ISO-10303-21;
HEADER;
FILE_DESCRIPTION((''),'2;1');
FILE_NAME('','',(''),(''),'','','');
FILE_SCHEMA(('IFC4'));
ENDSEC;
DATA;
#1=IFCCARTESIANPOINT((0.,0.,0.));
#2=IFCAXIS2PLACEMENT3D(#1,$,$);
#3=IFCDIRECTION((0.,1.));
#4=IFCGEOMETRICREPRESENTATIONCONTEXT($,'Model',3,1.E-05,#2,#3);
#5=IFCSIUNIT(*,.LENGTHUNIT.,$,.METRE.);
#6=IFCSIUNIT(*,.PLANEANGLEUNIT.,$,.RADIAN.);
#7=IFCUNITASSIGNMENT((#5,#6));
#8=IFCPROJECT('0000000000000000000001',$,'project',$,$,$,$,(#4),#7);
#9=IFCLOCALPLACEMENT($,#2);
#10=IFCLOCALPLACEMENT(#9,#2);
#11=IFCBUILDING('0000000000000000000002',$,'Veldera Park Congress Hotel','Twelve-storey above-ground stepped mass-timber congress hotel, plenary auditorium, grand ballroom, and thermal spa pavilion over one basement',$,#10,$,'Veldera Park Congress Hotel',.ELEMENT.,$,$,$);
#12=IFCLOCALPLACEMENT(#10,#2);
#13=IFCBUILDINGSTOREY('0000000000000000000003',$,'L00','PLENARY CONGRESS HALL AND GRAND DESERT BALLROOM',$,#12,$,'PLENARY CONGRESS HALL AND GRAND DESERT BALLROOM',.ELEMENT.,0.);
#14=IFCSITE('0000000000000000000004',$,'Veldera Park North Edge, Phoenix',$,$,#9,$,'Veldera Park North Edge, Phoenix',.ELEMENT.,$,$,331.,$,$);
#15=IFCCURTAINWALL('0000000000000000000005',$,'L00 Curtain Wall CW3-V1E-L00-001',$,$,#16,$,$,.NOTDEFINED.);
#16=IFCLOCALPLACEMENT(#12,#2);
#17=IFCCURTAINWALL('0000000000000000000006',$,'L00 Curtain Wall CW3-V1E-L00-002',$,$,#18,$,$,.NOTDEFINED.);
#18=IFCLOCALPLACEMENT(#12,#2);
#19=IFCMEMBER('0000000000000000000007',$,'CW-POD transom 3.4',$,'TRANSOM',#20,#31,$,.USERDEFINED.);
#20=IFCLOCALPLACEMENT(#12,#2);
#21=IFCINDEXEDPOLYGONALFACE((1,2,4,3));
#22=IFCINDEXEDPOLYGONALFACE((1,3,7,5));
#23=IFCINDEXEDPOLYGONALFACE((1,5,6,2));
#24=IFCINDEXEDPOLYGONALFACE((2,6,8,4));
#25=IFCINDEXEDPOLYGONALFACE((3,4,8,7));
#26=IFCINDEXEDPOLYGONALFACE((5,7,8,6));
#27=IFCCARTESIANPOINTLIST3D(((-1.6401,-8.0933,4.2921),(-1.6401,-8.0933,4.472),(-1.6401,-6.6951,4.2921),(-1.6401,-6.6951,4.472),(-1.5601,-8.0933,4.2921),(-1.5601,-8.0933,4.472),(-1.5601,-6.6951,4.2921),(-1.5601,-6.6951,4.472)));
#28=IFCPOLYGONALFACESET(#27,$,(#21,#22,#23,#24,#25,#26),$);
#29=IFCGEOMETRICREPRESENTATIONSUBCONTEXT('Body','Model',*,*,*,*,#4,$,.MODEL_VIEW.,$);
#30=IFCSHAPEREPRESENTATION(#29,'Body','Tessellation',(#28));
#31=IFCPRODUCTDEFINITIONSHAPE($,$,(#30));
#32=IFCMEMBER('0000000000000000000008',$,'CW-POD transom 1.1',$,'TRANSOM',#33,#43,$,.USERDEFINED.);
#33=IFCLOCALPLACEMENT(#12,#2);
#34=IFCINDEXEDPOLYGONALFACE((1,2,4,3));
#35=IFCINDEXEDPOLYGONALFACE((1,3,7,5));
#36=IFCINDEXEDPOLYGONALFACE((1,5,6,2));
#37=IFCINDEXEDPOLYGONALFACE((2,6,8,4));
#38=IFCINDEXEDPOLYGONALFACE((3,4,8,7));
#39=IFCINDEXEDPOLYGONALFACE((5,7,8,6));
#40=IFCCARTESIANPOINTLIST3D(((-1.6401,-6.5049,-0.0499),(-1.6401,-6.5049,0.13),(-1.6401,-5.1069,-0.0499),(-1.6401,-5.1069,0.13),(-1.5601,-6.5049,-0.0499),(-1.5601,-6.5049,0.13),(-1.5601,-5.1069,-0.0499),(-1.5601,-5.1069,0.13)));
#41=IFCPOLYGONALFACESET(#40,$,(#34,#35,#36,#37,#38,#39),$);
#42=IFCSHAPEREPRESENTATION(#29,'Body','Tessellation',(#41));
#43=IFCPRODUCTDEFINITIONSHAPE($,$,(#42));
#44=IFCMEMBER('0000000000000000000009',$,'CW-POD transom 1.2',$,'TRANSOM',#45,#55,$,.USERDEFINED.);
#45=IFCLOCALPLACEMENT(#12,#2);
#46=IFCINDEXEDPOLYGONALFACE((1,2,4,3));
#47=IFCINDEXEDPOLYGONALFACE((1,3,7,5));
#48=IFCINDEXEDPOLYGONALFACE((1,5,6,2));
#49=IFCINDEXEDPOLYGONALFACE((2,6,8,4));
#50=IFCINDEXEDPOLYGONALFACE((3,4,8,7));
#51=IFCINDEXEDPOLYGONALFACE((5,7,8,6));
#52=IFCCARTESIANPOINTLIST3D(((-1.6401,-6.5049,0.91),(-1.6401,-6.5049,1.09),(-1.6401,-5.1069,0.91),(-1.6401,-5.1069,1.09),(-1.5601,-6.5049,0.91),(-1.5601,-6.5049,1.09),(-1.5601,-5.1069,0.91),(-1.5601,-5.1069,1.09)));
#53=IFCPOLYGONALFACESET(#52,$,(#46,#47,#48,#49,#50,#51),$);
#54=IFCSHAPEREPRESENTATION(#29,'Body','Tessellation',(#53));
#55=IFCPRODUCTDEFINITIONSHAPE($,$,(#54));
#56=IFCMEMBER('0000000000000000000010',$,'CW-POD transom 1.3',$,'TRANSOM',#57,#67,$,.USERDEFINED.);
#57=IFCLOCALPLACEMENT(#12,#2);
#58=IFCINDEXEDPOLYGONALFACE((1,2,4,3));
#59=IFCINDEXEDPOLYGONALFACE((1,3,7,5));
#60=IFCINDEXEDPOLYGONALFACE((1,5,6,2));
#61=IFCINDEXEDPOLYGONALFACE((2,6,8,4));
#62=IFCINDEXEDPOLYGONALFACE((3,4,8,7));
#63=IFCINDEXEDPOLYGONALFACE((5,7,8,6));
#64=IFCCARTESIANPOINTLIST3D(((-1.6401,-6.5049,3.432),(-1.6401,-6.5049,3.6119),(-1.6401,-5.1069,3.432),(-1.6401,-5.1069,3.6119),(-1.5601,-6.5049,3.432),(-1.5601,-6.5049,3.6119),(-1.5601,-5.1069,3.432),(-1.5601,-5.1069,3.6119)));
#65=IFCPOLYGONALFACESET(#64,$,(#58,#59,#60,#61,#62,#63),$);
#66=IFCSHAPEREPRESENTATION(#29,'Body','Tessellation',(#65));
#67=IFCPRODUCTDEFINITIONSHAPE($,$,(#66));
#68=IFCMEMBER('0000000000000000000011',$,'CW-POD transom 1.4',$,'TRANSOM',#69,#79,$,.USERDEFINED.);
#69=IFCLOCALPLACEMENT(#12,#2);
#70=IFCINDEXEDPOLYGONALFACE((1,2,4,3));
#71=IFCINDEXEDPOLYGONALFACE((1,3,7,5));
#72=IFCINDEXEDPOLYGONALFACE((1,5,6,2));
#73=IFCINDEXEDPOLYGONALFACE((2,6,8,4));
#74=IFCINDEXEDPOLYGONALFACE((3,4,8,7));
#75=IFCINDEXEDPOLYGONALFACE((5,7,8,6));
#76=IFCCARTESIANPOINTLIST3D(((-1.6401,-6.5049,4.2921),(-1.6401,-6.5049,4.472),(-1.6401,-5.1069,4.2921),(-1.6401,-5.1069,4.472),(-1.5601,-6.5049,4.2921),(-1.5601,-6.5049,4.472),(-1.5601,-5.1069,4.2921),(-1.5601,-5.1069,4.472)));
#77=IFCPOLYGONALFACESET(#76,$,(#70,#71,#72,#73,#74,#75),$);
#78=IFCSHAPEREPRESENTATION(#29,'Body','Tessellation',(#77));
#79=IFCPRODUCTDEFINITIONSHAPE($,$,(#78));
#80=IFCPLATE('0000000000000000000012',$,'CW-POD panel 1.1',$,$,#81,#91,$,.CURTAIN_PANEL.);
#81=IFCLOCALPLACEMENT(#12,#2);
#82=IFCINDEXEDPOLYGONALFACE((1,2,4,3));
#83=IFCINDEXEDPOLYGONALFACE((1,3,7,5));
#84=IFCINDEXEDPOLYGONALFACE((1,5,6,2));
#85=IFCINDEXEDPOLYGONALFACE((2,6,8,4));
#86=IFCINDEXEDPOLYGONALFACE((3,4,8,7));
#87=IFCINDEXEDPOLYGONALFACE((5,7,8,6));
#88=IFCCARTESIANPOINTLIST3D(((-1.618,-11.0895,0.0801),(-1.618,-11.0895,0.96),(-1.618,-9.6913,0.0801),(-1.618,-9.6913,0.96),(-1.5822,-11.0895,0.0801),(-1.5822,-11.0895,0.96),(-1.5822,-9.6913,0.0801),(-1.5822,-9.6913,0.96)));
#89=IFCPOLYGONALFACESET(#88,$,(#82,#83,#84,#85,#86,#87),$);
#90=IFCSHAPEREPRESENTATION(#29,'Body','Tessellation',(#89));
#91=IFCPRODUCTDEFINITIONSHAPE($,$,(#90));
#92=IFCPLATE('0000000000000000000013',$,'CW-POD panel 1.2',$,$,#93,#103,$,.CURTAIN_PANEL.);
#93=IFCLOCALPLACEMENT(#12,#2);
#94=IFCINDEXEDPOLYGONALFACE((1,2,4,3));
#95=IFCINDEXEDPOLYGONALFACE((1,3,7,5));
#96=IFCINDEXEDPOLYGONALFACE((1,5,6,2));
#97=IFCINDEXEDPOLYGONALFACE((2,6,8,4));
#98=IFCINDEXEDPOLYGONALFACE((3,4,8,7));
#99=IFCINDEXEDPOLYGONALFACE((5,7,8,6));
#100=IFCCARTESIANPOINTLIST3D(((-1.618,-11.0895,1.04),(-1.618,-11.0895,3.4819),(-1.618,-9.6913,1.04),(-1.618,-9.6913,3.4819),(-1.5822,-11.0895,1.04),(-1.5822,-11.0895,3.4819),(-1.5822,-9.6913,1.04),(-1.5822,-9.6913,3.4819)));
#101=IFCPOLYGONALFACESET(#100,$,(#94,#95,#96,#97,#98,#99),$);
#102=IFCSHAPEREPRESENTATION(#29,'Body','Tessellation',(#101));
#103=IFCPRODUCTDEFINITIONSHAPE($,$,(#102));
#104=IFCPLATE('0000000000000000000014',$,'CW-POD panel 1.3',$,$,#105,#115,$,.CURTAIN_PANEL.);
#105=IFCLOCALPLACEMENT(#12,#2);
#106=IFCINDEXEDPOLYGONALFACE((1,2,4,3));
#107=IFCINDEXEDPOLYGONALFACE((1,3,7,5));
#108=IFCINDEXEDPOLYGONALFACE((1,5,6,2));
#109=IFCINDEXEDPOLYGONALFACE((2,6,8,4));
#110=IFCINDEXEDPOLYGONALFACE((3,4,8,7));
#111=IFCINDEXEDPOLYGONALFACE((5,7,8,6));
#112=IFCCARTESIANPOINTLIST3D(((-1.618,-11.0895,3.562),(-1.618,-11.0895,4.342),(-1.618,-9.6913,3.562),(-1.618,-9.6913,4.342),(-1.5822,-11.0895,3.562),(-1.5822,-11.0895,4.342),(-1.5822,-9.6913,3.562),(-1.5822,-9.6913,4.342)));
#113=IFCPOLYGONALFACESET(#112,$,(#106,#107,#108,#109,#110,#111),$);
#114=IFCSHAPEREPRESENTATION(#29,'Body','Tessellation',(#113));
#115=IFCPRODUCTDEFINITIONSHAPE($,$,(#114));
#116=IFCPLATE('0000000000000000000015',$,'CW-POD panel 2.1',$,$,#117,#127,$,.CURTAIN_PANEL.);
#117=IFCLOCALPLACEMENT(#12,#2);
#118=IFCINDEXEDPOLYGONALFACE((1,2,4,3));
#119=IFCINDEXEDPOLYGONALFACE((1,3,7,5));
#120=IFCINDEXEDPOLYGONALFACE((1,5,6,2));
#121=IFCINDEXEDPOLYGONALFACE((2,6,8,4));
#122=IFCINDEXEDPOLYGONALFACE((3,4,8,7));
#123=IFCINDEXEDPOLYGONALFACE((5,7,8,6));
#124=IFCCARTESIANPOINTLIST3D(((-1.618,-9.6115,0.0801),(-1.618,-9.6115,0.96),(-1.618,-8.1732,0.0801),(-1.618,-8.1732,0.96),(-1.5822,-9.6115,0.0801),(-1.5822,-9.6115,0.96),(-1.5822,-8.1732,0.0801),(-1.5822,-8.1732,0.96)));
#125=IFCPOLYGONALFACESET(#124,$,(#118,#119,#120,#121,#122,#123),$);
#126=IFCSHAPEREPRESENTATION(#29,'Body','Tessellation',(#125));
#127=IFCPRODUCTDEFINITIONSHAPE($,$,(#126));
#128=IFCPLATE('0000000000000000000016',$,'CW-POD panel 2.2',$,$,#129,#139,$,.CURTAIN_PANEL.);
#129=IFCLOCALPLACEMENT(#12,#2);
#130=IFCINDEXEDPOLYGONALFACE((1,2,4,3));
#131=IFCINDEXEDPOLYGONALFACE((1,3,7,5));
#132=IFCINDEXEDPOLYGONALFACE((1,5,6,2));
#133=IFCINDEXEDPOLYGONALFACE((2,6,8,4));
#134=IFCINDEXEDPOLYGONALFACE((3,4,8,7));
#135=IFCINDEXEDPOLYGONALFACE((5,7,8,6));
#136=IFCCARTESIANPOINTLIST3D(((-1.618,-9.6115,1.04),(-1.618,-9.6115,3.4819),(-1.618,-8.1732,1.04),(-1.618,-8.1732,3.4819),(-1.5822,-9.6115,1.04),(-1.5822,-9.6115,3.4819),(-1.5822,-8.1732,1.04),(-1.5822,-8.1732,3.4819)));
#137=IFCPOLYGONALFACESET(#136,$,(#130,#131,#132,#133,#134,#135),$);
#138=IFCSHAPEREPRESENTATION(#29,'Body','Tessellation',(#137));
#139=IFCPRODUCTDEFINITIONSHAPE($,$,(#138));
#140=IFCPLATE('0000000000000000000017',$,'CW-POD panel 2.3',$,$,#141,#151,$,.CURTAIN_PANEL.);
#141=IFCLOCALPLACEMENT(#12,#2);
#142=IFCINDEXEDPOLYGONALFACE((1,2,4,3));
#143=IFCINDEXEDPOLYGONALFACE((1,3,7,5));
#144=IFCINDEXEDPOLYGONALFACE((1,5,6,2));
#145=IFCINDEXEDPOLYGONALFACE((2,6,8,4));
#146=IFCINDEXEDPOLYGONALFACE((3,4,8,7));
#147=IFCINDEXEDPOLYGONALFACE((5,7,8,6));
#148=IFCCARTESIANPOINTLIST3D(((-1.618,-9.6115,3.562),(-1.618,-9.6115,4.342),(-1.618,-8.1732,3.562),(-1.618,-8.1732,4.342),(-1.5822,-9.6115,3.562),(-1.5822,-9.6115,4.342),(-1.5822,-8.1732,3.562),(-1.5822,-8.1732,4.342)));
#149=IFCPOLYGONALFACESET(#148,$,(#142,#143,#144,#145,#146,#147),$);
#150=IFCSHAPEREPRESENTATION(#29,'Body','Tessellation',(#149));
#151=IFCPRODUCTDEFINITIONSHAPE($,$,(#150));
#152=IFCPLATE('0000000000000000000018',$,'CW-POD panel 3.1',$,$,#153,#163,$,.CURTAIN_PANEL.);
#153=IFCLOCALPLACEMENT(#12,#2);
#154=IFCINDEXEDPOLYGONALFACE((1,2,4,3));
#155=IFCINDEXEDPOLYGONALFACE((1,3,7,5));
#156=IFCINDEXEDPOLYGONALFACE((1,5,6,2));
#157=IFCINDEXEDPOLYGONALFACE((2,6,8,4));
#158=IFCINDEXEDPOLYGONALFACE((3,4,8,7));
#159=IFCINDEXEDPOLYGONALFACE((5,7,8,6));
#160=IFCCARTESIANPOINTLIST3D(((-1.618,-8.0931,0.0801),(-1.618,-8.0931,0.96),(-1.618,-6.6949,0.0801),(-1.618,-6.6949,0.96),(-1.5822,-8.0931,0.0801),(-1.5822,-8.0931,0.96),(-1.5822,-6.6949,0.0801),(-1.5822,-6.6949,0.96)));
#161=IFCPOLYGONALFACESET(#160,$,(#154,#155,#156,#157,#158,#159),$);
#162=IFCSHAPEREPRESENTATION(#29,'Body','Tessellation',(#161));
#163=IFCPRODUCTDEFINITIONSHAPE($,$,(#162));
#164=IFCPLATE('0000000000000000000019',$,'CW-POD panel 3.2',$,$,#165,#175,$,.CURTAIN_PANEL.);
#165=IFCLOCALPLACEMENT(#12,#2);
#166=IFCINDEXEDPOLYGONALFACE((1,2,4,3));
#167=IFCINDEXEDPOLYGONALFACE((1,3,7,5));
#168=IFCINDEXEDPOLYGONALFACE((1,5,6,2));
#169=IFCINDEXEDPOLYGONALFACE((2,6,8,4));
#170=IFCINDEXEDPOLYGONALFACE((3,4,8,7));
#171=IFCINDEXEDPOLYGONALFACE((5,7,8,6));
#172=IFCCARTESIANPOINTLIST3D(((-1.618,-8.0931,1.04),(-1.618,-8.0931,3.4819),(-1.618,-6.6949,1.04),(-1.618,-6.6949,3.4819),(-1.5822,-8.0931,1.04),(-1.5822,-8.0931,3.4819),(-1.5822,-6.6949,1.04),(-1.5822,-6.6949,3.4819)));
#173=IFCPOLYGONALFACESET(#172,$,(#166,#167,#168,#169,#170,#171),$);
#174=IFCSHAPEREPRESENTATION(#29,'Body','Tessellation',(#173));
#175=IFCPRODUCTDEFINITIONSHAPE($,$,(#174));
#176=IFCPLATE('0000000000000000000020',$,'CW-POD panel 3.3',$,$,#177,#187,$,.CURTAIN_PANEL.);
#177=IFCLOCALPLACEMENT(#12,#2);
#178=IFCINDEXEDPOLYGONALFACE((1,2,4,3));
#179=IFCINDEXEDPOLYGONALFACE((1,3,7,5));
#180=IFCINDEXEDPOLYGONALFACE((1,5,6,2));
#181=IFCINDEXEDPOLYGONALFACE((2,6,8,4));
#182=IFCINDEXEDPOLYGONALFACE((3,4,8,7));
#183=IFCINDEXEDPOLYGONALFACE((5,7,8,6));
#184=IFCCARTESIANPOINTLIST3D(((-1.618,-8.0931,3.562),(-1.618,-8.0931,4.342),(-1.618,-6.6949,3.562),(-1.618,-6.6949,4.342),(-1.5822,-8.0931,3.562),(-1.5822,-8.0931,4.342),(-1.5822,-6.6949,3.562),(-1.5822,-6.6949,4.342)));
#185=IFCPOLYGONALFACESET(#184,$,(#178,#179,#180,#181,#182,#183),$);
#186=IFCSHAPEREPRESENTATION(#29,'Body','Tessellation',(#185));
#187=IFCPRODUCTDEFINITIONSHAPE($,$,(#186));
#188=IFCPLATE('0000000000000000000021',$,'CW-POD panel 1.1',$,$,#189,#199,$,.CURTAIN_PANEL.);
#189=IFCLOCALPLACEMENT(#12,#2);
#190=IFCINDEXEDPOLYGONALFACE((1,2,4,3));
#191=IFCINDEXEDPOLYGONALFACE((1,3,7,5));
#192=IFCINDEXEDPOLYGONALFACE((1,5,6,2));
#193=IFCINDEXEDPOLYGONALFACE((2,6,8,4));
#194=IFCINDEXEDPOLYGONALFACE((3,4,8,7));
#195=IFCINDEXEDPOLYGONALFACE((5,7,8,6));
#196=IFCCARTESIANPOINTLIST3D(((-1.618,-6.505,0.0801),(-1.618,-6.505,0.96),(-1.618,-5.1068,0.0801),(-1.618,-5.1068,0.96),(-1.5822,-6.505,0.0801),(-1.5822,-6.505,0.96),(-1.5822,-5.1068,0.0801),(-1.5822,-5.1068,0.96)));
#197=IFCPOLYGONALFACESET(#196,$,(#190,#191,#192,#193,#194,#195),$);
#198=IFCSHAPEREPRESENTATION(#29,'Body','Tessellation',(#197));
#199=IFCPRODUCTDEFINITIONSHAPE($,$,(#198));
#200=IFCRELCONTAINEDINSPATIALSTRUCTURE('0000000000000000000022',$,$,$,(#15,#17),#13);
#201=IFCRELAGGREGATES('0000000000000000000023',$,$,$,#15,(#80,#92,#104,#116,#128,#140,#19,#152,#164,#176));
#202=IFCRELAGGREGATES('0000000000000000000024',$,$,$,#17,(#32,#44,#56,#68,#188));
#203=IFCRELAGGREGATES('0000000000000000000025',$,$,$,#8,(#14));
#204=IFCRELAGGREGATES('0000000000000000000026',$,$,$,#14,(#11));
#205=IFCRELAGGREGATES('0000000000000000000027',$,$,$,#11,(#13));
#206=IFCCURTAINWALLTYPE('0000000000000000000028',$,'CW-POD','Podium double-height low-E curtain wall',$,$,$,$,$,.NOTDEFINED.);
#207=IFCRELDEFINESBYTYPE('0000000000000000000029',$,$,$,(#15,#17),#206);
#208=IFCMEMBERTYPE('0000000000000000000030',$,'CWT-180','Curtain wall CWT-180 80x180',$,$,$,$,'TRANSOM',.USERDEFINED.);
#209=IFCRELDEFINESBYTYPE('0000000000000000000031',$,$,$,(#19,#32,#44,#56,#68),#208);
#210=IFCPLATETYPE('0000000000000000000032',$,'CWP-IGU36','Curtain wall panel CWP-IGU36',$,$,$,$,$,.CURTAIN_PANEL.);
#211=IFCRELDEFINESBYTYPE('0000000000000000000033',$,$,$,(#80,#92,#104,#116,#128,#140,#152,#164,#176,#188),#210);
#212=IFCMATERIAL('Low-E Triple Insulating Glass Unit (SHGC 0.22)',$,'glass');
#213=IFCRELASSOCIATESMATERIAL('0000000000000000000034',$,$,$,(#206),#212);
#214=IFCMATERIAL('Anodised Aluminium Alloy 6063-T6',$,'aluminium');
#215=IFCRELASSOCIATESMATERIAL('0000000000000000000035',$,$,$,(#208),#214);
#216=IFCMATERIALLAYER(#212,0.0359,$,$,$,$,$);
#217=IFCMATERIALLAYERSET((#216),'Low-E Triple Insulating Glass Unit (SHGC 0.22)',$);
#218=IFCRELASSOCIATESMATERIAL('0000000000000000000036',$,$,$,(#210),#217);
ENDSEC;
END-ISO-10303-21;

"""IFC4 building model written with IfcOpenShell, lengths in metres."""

from ifc_helpers import new_model, si_unit, direction, frame, origin, origin_2d, place, context, subcontext, project, spatial, rectangle, extrude, material, layer, layer_set, material_profile, profile_set, type_object, element, aggregate, save


model = new_model("IFC4")

# Units and contexts
model_context = context("Model", 3, precision=1e-05, world=origin(), true_north=direction((0.0, 1.0)))
body_context = subcontext(model_context, "Body", "Model", "MODEL_VIEW")
ifc_project = project(units=[si_unit("LENGTHUNIT", "METRE"), si_unit("PLANEANGLEUNIT", "RADIAN")], contexts=[model_context])

# Site, building, storey
site_placement = place(None, origin())
site = spatial("IfcSite", under=ifc_project, at=site_placement, Name="Veldera Park North Edge, Phoenix", LongName="Veldera Park North Edge, Phoenix", CompositionType="ELEMENT", RefElevation=331.0)
building_placement = place(site_placement, origin())
building = spatial("IfcBuilding", under=site, at=building_placement, Name="Veldera Park Congress Hotel", Description="Twelve-storey above-ground stepped mass-timber congress hotel, plenary auditorium, grand ballroom, and thermal spa pavilion over one basement", LongName="Veldera Park Congress Hotel", CompositionType="ELEMENT")
storey_placement = place(building_placement, origin())
storey = spatial("IfcBuildingStorey", under=building, at=storey_placement, Name="L00", Description="PLENARY CONGRESS HALL AND GRAND DESERT BALLROOM", LongName="PLENARY CONGRESS HALL AND GRAND DESERT BALLROOM", CompositionType="ELEMENT", Elevation=0.0)

# Curtain wall
ifc_material_1 = material(Name="Low-E Triple Insulating Glass Unit (SHGC 0.22)", Category="glass")
curtain_wall_type = type_object("IfcCurtainWallType", Name="CW-POD", Description="Podium double-height low-E curtain wall", PredefinedType="NOTDEFINED", material=ifc_material_1)
curtain_wall_1_placement = place(storey_placement, origin())
curtain_wall_1 = element("IfcCurtainWall", 1, at=curtain_wall_1_placement, inside=storey, type_object=curtain_wall_type, Name="L00 Curtain Wall CW3-V1E-L00-001", PredefinedType="NOTDEFINED")
ifc_material_2 = material(Name="Anodised Aluminium Alloy 6063-T6", Category="aluminium")

# Curtain wall
curtain_wall_2_placement = place(storey_placement, origin())
curtain_wall_2 = element("IfcCurtainWall", 2, at=curtain_wall_2_placement, inside=storey, type_object=curtain_wall_type, Name="L00 Curtain Wall CW3-V1E-L00-002", PredefinedType="NOTDEFINED")

# Members
ifc_material_profile_1 = material_profile(ifc_material_2, rectangle(XDim=0.0801, YDim=0.1799, at=origin_2d()), Name="ALU 80x180")
ifc_profile_set_1 = profile_set([ifc_material_profile_1], Name="Anodised Aluminium Alloy 6063-T6")
member_type_1 = type_object("IfcMemberType", Name="CWT-180", Description="Curtain wall CWT-180 80x180", ElementType="TRANSOM", PredefinedType="USERDEFINED", material=ifc_profile_set_1)
member_1_placement = place(storey_placement, frame((-1.6001, -8.0933, 4.3821), z_axis=(0.0, 1.0, 0.0), x_axis=(-1.0, 0.0, 0.0)))
member_1 = element("IfcMember", 3, at=member_1_placement, type_object=member_type_1, Name="CW-POD transom 3.4", ObjectType="TRANSOM", PredefinedType="USERDEFINED", context=body_context, shape_type="SweptSolid", body=[
    extrude(rectangle(XDim=0.0801, YDim=0.1799, at=origin_2d()), origin(), (0.0, 0.0, 1.0), 1.3982),
])
member_2_placement = place(storey_placement, frame((-1.6001, -6.5049, 0.04), z_axis=(0.0, 1.0, 0.0), x_axis=(-1.0, 0.0, 0.0)))
member_2 = element("IfcMember", 4, at=member_2_placement, type_object=member_type_1, Name="CW-POD transom 1.1", ObjectType="TRANSOM", PredefinedType="USERDEFINED", context=body_context, shape_type="SweptSolid", body=[
    extrude(rectangle(XDim=0.0801, YDim=0.1799, at=origin_2d()), origin(), (0.0, 0.0, 1.0), 1.3979),
])
member_3_placement = place(storey_placement, frame((-1.6001, -6.5049, 1.0), z_axis=(0.0, 1.0, 0.0), x_axis=(-1.0, 0.0, 0.0)))
member_3 = element("IfcMember", 5, at=member_3_placement, type_object=member_type_1, Name="CW-POD transom 1.2", ObjectType="TRANSOM", PredefinedType="USERDEFINED", context=body_context, shape_type="SweptSolid", body=[
    extrude(rectangle(XDim=0.0801, YDim=0.1799, at=origin_2d()), origin(), (0.0, 0.0, 1.0), 1.3979),
])
member_4_placement = place(storey_placement, frame((-1.6001, -6.5049, 3.522), z_axis=(0.0, 1.0, 0.0), x_axis=(-1.0, 0.0, 0.0)))
member_4 = element("IfcMember", 6, at=member_4_placement, type_object=member_type_1, Name="CW-POD transom 1.3", ObjectType="TRANSOM", PredefinedType="USERDEFINED", context=body_context, shape_type="SweptSolid", body=[
    extrude(rectangle(XDim=0.0801, YDim=0.1799, at=origin_2d()), origin(), (0.0, 0.0, 1.0), 1.3979),
])
member_5_placement = place(storey_placement, frame((-1.6001, -6.5049, 4.3821), z_axis=(0.0, 1.0, 0.0), x_axis=(-1.0, 0.0, 0.0)))
member_5 = element("IfcMember", 7, at=member_5_placement, type_object=member_type_1, Name="CW-POD transom 1.4", ObjectType="TRANSOM", PredefinedType="USERDEFINED", context=body_context, shape_type="SweptSolid", body=[
    extrude(rectangle(XDim=0.0801, YDim=0.1799, at=origin_2d()), origin(), (0.0, 0.0, 1.0), 1.3979),
])

# Plates
ifc_layer_1 = layer(ifc_material_1, 0.0359)
ifc_layer_set_1 = layer_set([ifc_layer_1], Name="Low-E Triple Insulating Glass Unit (SHGC 0.22)")
plate_type_1 = type_object("IfcPlateType", Name="CWP-IGU36", Description="Curtain wall panel CWP-IGU36", PredefinedType="CURTAIN_PANEL", material=ifc_layer_set_1)
plate_1_placement = place(storey_placement, frame((-1.6001, -10.3904, 0.0801), z_axis=(0.0, 0.0, 1.0), x_axis=(0.0, 1.0, 0.0)))
plate_1 = element("IfcPlate", 8, at=plate_1_placement, type_object=plate_type_1, Name="CW-POD panel 1.1", PredefinedType="CURTAIN_PANEL", context=body_context, shape_type="SweptSolid", body=[
    extrude(rectangle(XDim=1.3982, YDim=0.0359, at=origin_2d()), origin(), (0.0, 0.0, 1.0), 0.8799),
])
plate_2_placement = place(storey_placement, frame((-1.6001, -10.3904, 1.04), z_axis=(0.0, 0.0, 1.0), x_axis=(0.0, 1.0, 0.0)))
plate_2 = element("IfcPlate", 9, at=plate_2_placement, type_object=plate_type_1, Name="CW-POD panel 1.2", PredefinedType="CURTAIN_PANEL", context=body_context, shape_type="SweptSolid", body=[
    extrude(rectangle(XDim=1.3982, YDim=0.0359, at=origin_2d()), origin(), (0.0, 0.0, 1.0), 2.4419),
])
plate_3_placement = place(storey_placement, frame((-1.6001, -10.3904, 3.562), z_axis=(0.0, 0.0, 1.0), x_axis=(0.0, 1.0, 0.0)))
plate_3 = element("IfcPlate", 10, at=plate_3_placement, type_object=plate_type_1, Name="CW-POD panel 1.3", PredefinedType="CURTAIN_PANEL", context=body_context, shape_type="SweptSolid", body=[
    extrude(rectangle(XDim=1.3982, YDim=0.0359, at=origin_2d()), origin(), (0.0, 0.0, 1.0), 0.78),
])
plate_4_placement = place(storey_placement, frame((-1.6001, -8.8923, 0.0801), z_axis=(0.0, 0.0, 1.0), x_axis=(0.0, 1.0, 0.0)))
plate_4 = element("IfcPlate", 11, at=plate_4_placement, type_object=plate_type_1, Name="CW-POD panel 2.1", PredefinedType="CURTAIN_PANEL", context=body_context, shape_type="SweptSolid", body=[
    extrude(rectangle(XDim=1.4382, YDim=0.0359, at=origin_2d()), origin(), (0.0, 0.0, 1.0), 0.8799),
])
plate_5_placement = place(storey_placement, frame((-1.6001, -8.8923, 1.04), z_axis=(0.0, 0.0, 1.0), x_axis=(0.0, 1.0, 0.0)))
plate_5 = element("IfcPlate", 12, at=plate_5_placement, type_object=plate_type_1, Name="CW-POD panel 2.2", PredefinedType="CURTAIN_PANEL", context=body_context, shape_type="SweptSolid", body=[
    extrude(rectangle(XDim=1.4382, YDim=0.0359, at=origin_2d()), origin(), (0.0, 0.0, 1.0), 2.4419),
])
plate_6_placement = place(storey_placement, frame((-1.6001, -8.8923, 3.562), z_axis=(0.0, 0.0, 1.0), x_axis=(0.0, 1.0, 0.0)))
plate_6 = element("IfcPlate", 13, at=plate_6_placement, type_object=plate_type_1, Name="CW-POD panel 2.3", PredefinedType="CURTAIN_PANEL", context=body_context, shape_type="SweptSolid", body=[
    extrude(rectangle(XDim=1.4382, YDim=0.0359, at=origin_2d()), origin(), (0.0, 0.0, 1.0), 0.78),
])
plate_7_placement = place(storey_placement, frame((-1.6001, -7.394, 0.0801), z_axis=(0.0, 0.0, 1.0), x_axis=(0.0, 1.0, 0.0)))
plate_7 = element("IfcPlate", 14, at=plate_7_placement, type_object=plate_type_1, Name="CW-POD panel 3.1", PredefinedType="CURTAIN_PANEL", context=body_context, shape_type="SweptSolid", body=[
    extrude(rectangle(XDim=1.3982, YDim=0.0359, at=origin_2d()), origin(), (0.0, 0.0, 1.0), 0.8799),
])
plate_8_placement = place(storey_placement, frame((-1.6001, -7.394, 1.04), z_axis=(0.0, 0.0, 1.0), x_axis=(0.0, 1.0, 0.0)))
plate_8 = element("IfcPlate", 15, at=plate_8_placement, type_object=plate_type_1, Name="CW-POD panel 3.2", PredefinedType="CURTAIN_PANEL", context=body_context, shape_type="SweptSolid", body=[
    extrude(rectangle(XDim=1.3982, YDim=0.0359, at=origin_2d()), origin(), (0.0, 0.0, 1.0), 2.4419),
])
plate_9_placement = place(storey_placement, frame((-1.6001, -7.394, 3.562), z_axis=(0.0, 0.0, 1.0), x_axis=(0.0, 1.0, 0.0)))
plate_9 = element("IfcPlate", 16, at=plate_9_placement, type_object=plate_type_1, Name="CW-POD panel 3.3", PredefinedType="CURTAIN_PANEL", context=body_context, shape_type="SweptSolid", body=[
    extrude(rectangle(XDim=1.3982, YDim=0.0359, at=origin_2d()), origin(), (0.0, 0.0, 1.0), 0.78),
])
aggregate(curtain_wall_1, [plate_1, plate_2, plate_3, plate_4, plate_5, plate_6, member_1, plate_7, plate_8, plate_9])
plate_10_placement = place(storey_placement, frame((-1.6001, -5.8059, 0.0801), z_axis=(0.0, 0.0, 1.0), x_axis=(0.0, 1.0, 0.0)))
plate_10 = element("IfcPlate", 17, at=plate_10_placement, type_object=plate_type_1, Name="CW-POD panel 1.1", PredefinedType="CURTAIN_PANEL", context=body_context, shape_type="SweptSolid", body=[
    extrude(rectangle(XDim=1.3982, YDim=0.0359, at=origin_2d()), origin(), (0.0, 0.0, 1.0), 0.8799),
])
aggregate(curtain_wall_2, [member_2, member_3, member_4, member_5, plate_10])

save(model, "model.ifc")
